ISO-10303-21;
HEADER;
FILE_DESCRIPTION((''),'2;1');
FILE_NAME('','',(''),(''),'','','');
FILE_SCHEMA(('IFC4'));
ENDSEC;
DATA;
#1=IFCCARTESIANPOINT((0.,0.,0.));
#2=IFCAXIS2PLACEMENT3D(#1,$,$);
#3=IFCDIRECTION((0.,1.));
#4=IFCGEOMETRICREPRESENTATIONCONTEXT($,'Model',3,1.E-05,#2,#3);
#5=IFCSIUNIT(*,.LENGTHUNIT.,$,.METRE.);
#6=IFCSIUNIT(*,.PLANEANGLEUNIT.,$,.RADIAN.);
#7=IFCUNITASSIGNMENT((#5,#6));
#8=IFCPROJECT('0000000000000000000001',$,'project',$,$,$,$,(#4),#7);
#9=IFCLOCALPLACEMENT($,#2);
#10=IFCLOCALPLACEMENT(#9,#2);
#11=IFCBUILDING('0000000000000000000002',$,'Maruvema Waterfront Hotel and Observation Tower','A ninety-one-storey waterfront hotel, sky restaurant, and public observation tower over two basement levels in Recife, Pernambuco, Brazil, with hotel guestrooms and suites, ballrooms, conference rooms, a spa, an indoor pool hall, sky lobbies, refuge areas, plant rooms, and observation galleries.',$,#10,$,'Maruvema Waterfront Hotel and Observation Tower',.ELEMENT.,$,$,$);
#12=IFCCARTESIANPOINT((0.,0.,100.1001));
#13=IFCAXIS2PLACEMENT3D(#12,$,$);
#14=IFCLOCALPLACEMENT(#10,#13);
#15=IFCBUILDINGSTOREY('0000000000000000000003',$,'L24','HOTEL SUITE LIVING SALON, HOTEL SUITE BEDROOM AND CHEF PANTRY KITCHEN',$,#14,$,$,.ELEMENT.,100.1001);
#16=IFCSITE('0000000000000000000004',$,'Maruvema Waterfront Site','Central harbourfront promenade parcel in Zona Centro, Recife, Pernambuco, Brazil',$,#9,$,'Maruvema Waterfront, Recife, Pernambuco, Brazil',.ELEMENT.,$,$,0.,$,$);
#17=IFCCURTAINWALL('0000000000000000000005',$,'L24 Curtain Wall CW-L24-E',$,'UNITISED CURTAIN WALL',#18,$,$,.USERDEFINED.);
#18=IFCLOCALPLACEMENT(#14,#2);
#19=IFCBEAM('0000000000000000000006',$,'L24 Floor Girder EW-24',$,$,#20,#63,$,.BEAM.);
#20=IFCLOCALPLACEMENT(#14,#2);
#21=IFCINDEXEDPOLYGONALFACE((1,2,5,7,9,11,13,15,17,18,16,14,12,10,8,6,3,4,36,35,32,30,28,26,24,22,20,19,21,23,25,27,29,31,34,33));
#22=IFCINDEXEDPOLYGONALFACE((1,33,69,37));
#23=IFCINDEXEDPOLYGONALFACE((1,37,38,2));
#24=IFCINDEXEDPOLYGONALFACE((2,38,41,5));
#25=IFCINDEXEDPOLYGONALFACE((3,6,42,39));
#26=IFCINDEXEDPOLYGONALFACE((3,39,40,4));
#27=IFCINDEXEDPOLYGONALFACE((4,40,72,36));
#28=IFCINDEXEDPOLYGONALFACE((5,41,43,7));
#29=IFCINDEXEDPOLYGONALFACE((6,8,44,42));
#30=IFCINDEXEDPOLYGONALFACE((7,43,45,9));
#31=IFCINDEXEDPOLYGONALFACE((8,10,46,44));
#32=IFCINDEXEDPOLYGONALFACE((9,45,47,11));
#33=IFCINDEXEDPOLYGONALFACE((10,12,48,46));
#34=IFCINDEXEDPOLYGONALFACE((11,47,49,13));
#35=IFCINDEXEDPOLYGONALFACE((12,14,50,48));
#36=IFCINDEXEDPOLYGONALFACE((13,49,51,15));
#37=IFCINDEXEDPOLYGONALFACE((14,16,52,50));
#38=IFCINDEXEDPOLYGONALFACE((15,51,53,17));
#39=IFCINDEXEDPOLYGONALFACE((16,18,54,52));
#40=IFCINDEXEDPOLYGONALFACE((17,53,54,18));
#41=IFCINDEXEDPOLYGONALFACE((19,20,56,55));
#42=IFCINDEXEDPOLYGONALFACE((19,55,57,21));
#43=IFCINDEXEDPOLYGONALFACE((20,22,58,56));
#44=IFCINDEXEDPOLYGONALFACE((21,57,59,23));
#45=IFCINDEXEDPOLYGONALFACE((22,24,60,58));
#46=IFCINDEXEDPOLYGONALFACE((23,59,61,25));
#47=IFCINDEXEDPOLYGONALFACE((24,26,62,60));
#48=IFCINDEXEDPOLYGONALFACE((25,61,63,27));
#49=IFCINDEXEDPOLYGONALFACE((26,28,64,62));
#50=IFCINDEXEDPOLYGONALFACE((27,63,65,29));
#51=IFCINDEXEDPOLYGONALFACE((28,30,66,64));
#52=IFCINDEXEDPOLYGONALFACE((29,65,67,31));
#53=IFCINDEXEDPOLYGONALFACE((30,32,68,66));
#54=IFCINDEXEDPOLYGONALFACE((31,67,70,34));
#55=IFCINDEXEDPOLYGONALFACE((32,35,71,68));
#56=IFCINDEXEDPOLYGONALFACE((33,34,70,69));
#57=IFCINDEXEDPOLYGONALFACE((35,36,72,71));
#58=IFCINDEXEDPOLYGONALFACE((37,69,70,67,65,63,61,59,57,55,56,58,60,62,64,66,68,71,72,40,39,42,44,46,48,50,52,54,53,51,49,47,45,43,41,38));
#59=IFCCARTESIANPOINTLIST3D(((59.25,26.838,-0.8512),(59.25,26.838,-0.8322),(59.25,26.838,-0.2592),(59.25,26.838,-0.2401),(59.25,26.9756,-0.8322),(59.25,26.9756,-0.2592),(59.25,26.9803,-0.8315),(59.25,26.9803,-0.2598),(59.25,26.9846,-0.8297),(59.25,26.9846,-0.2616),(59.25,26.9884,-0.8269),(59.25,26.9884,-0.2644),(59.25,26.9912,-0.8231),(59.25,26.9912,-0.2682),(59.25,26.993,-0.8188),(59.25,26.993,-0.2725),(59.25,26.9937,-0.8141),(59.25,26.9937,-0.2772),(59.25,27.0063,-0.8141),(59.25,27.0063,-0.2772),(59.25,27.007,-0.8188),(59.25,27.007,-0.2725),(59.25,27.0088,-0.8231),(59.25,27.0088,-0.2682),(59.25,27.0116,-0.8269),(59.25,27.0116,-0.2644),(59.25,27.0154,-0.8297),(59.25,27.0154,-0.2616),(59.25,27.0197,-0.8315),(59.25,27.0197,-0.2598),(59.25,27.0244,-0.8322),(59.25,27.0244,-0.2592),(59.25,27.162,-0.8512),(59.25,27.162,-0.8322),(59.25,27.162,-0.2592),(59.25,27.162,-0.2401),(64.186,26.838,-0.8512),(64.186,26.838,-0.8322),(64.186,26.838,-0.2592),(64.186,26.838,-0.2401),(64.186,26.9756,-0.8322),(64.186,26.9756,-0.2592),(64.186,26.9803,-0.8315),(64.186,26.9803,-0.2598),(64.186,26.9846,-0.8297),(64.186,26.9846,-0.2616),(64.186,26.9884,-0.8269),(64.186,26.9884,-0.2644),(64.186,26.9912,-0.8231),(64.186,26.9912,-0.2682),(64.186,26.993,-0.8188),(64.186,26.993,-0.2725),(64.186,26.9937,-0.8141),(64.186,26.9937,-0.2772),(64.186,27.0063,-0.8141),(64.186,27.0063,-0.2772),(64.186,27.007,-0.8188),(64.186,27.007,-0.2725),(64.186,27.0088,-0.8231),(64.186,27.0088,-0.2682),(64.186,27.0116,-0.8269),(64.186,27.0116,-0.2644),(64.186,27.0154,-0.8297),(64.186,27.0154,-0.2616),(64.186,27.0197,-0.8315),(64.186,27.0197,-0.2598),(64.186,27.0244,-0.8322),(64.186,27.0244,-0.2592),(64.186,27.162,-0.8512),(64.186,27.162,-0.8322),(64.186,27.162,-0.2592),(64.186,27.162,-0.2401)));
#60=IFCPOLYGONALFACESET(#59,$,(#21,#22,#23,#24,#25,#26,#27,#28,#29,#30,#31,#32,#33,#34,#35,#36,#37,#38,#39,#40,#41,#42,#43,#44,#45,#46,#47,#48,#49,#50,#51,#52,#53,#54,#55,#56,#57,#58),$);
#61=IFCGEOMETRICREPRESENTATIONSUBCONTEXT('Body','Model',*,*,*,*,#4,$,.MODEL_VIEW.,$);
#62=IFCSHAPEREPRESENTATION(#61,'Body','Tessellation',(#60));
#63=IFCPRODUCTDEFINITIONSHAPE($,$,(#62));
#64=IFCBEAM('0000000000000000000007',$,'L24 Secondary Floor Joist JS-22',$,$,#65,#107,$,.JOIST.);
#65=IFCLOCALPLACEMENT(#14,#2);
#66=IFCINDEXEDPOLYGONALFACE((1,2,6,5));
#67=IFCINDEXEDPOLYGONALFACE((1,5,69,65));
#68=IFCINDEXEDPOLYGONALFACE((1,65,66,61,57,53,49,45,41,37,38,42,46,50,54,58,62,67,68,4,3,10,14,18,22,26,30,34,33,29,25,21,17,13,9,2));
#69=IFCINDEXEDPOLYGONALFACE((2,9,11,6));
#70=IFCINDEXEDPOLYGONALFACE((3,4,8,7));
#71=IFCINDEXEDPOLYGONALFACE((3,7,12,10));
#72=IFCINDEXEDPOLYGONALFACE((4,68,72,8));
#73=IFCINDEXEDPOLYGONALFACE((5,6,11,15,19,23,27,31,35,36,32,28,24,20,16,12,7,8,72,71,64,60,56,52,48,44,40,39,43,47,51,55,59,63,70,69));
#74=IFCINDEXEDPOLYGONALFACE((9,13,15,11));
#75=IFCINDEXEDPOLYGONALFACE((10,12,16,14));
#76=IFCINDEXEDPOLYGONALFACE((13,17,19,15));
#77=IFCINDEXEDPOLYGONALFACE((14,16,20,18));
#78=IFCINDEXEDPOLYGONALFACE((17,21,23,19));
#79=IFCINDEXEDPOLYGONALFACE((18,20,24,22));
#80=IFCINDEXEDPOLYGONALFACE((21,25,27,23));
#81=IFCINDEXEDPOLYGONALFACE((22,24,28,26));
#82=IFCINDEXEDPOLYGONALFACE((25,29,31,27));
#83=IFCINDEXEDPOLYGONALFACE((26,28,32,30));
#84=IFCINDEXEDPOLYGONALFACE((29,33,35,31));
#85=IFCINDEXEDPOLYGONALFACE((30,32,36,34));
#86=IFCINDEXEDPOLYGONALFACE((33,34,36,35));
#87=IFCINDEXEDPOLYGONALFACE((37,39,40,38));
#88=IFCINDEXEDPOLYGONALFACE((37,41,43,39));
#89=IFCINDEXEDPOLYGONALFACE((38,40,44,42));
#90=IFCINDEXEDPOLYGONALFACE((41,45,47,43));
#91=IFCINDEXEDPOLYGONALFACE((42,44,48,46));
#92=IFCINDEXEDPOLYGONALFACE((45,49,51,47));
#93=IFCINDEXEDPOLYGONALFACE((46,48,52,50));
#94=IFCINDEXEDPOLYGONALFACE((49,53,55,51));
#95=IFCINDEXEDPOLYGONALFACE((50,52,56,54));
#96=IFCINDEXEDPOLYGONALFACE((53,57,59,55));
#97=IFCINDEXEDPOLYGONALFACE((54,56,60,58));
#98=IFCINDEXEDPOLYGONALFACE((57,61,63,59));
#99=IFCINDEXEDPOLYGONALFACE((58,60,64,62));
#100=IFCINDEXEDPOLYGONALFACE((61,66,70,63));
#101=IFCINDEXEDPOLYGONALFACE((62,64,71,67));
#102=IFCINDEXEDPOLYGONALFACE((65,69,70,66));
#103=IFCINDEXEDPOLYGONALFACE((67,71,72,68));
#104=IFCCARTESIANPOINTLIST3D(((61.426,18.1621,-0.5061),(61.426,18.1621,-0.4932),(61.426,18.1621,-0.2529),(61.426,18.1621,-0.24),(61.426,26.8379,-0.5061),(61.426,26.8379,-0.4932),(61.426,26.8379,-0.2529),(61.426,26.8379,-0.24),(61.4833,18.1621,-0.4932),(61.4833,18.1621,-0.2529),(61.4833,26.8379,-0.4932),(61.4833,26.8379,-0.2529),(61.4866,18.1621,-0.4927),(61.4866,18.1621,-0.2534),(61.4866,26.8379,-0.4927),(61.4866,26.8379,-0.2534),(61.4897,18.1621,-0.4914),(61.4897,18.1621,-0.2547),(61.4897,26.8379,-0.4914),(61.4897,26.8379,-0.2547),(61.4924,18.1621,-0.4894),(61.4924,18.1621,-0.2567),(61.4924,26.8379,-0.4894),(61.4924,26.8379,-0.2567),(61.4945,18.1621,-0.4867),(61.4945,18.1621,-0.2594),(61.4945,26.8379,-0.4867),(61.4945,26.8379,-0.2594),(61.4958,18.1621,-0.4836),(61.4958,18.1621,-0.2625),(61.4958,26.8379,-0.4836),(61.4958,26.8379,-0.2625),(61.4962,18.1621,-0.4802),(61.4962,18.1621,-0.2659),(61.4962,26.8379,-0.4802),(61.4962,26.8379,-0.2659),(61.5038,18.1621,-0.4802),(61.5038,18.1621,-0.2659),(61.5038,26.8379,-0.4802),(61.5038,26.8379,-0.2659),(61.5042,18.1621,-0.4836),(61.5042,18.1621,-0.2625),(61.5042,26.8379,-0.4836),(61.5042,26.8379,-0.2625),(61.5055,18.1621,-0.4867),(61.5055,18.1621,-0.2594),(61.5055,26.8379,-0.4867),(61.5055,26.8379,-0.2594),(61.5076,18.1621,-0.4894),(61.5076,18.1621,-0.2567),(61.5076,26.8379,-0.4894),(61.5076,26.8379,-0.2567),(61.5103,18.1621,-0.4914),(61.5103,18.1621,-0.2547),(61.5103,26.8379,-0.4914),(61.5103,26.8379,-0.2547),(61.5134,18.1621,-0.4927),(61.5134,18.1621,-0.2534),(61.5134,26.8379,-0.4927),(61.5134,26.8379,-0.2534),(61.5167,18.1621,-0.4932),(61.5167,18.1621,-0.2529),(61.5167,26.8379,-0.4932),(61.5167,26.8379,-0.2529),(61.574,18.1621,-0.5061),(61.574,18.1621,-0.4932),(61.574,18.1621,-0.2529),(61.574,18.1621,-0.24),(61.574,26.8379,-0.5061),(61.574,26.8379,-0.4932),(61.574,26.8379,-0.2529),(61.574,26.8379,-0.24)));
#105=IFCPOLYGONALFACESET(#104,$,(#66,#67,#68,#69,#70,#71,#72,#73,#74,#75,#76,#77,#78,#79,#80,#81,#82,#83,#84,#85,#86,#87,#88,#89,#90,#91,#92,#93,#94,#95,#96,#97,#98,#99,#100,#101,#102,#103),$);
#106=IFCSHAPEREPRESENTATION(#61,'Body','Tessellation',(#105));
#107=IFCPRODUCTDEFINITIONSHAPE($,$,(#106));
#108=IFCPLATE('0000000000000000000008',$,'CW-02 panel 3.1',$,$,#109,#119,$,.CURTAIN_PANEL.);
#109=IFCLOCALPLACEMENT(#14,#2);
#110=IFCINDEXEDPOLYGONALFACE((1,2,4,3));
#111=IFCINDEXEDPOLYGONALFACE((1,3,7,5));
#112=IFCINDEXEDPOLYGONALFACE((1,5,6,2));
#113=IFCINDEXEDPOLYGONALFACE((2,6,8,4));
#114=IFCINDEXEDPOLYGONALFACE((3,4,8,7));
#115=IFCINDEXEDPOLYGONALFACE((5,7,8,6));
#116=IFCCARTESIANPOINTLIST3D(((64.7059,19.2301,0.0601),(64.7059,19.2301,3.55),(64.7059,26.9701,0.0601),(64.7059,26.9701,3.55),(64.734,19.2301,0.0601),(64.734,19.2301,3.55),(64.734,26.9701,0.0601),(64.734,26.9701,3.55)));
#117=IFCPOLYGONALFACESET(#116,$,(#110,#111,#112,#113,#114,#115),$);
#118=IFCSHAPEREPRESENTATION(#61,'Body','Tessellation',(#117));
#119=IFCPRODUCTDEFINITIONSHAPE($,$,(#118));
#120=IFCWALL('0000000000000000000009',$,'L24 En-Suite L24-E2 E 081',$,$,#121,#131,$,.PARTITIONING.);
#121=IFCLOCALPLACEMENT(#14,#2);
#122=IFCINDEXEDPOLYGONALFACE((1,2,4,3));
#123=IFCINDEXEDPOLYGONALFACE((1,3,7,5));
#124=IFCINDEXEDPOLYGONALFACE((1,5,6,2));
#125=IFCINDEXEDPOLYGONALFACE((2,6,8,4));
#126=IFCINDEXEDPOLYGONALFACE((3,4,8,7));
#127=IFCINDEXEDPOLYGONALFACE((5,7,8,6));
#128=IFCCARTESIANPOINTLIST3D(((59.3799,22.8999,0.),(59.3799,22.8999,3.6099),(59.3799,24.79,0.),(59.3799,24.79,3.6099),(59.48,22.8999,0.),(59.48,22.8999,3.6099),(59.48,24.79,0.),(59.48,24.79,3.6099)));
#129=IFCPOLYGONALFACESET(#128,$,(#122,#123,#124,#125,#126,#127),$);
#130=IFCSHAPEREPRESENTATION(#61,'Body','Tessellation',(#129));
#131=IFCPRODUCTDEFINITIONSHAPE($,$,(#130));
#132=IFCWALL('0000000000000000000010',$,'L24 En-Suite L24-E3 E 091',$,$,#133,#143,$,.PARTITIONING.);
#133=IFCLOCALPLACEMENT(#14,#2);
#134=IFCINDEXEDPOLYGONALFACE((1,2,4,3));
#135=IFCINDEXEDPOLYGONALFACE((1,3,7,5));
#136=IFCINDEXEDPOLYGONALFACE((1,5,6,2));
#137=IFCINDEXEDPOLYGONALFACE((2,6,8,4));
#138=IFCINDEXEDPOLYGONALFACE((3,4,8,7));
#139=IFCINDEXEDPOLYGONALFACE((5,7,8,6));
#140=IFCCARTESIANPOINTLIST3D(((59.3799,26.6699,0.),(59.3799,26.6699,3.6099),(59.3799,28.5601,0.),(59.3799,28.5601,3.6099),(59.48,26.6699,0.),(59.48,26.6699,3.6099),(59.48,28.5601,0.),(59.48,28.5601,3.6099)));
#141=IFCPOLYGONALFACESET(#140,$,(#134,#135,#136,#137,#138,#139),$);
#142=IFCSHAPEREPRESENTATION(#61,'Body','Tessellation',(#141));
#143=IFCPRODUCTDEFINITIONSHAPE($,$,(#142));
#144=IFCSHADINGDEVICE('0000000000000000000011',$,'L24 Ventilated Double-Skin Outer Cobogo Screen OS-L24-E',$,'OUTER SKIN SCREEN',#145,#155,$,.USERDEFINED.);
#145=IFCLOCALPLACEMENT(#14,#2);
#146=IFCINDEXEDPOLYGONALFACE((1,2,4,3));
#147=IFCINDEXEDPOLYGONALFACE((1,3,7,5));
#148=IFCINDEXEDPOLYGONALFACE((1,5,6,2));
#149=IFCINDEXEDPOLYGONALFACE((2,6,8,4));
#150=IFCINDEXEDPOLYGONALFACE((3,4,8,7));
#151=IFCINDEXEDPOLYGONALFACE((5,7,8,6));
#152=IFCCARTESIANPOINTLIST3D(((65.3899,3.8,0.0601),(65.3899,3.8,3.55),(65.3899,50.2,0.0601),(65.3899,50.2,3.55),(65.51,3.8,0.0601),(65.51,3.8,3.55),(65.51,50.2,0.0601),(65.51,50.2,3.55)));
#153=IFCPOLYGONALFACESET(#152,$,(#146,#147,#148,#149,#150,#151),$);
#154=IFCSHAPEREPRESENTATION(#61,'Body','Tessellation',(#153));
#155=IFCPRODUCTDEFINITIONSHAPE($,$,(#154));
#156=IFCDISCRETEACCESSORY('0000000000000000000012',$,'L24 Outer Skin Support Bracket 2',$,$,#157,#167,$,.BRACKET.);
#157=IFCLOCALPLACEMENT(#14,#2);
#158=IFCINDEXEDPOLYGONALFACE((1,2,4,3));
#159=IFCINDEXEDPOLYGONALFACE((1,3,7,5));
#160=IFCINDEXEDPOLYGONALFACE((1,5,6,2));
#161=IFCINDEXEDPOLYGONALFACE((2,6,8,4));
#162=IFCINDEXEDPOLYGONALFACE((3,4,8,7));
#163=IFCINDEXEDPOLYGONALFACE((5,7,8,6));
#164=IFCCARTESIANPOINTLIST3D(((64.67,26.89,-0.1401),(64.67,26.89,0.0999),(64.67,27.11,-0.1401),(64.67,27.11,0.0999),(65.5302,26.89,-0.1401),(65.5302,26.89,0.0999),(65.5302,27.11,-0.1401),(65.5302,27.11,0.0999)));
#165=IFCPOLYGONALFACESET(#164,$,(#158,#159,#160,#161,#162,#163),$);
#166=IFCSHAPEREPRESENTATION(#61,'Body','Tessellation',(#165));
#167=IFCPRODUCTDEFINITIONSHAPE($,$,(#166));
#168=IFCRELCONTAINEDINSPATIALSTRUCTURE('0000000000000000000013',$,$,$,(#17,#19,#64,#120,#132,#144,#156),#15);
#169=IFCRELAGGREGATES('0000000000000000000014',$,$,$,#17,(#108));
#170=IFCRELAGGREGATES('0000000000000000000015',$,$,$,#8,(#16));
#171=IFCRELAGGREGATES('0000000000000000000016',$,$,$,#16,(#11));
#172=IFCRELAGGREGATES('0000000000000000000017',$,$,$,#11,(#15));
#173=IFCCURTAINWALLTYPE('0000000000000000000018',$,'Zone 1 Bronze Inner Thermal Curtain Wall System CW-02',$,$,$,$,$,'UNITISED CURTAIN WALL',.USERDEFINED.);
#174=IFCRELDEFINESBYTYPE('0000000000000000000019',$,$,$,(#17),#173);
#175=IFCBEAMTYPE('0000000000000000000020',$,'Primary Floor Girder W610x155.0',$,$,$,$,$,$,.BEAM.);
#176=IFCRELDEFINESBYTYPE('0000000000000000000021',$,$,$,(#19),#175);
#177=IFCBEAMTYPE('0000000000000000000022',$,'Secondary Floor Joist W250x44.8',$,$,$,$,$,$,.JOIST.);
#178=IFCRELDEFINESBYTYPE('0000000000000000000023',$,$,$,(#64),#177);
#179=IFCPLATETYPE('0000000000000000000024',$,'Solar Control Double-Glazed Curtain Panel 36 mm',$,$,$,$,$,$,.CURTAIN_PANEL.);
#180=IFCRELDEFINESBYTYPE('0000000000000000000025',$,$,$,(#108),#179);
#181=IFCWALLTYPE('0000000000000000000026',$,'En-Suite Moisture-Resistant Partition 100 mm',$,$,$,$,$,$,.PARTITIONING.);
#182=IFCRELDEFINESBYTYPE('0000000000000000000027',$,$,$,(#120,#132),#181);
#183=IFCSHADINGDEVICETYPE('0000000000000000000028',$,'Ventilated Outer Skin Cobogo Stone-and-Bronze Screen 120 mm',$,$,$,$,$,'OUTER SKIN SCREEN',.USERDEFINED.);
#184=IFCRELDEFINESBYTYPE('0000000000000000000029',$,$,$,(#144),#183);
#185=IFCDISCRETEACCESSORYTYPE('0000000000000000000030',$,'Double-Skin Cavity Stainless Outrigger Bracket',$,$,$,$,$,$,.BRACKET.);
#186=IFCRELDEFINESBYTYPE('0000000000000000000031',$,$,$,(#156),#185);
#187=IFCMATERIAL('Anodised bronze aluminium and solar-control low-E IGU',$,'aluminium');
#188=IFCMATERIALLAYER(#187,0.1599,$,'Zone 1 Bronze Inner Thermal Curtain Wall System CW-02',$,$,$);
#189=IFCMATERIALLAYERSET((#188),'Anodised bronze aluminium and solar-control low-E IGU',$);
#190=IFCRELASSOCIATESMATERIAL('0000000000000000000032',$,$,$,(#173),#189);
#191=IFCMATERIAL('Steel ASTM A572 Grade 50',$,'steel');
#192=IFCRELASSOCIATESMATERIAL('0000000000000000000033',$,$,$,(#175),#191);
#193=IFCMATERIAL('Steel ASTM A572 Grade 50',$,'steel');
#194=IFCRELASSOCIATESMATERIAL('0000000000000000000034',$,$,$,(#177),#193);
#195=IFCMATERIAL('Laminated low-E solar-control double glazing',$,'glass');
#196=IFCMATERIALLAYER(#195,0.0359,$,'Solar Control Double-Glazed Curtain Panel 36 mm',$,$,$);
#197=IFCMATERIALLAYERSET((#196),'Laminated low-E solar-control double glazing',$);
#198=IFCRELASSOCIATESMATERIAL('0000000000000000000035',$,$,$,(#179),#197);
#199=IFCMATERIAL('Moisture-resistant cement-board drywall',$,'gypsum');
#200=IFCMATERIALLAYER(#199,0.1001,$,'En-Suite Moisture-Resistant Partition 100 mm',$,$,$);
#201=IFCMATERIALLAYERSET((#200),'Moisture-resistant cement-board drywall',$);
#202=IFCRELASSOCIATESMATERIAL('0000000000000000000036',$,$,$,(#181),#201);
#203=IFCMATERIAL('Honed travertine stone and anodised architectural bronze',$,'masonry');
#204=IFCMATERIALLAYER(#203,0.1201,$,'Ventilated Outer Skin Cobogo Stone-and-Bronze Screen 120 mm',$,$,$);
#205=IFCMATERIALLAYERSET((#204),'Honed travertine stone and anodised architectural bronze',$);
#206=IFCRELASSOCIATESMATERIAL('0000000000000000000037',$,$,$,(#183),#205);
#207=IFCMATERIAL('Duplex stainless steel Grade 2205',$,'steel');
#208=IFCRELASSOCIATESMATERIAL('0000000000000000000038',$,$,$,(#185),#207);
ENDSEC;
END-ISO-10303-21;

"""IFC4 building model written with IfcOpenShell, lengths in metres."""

from ifc_helpers import new_model, si_unit, direction, frame, frame_2d, origin, origin_2d, place, context, subcontext, project, spatial, rectangle, i_section, extrude, material, layer, layer_set, material_profile, profile_set, type_object, element, aggregate, save


model = new_model("IFC4")

# Units and contexts
model_context = context("Model", 3, precision=1e-05, world=origin(), true_north=direction((0.0, 1.0)))
body_context = subcontext(model_context, "Body", "Model", "MODEL_VIEW")
ifc_project = project(units=[si_unit("LENGTHUNIT", "METRE"), si_unit("PLANEANGLEUNIT", "RADIAN")], contexts=[model_context])

# Site, building, storey
site_placement = place(None, origin())
site = spatial("IfcSite", under=ifc_project, at=site_placement, Name="Maruvema Waterfront Site", Description="Central harbourfront promenade parcel in Zona Centro, Recife, Pernambuco, Brazil", LongName="Maruvema Waterfront, Recife, Pernambuco, Brazil", CompositionType="ELEMENT", RefElevation=0.0)
building_placement = place(site_placement, origin())
building = spatial("IfcBuilding", under=site, at=building_placement, Name="Maruvema Waterfront Hotel and Observation Tower", Description="A ninety-one-storey waterfront hotel, sky restaurant, and public observation tower over two basement levels in Recife, Pernambuco, Brazil, with hotel guestrooms and suites, ballrooms, conference rooms, a spa, an indoor pool hall, sky lobbies, refuge areas, plant rooms, and observation galleries.", LongName="Maruvema Waterfront Hotel and Observation Tower", CompositionType="ELEMENT")
storey_placement = place(building_placement, frame((0.0, 0.0, 100.1001)))
storey = spatial("IfcBuildingStorey", under=building, at=storey_placement, Name="L24", Description="HOTEL SUITE LIVING SALON, HOTEL SUITE BEDROOM AND CHEF PANTRY KITCHEN", CompositionType="ELEMENT", Elevation=100.1001)

# Curtain wall
ifc_material_1 = material(Name="Anodised bronze aluminium and solar-control low-E IGU", Category="aluminium")
ifc_layer_1 = layer(ifc_material_1, 0.1599, Name="Zone 1 Bronze Inner Thermal Curtain Wall System CW-02")
ifc_layer_set_1 = layer_set([ifc_layer_1], Name="Anodised bronze aluminium and solar-control low-E IGU")
curtain_wall_type = type_object("IfcCurtainWallType", Name="Zone 1 Bronze Inner Thermal Curtain Wall System CW-02", ElementType="UNITISED CURTAIN WALL", PredefinedType="USERDEFINED", material=ifc_layer_set_1)
curtain_wall_placement = place(storey_placement, origin())
curtain_wall = element("IfcCurtainWall", 1, at=curtain_wall_placement, inside=storey, type_object=curtain_wall_type, Name="L24 Curtain Wall CW-L24-E", ObjectType="UNITISED CURTAIN WALL", PredefinedType="USERDEFINED")

# Beams
ifc_material_2 = material(Name="Steel ASTM A572 Grade 50", Category="steel")
ifc_material_profile_1 = material_profile(ifc_material_2, i_section(OverallWidth=0.324, OverallDepth=0.6111, WebThickness=0.0127, FlangeThickness=0.019, FilletRadius=0.0181, at=origin_2d()), Name="W610x155.0")
ifc_profile_set_1 = profile_set([ifc_material_profile_1], Name="Steel ASTM A572 Grade 50")
beam_type_1 = type_object("IfcBeamType", Name="Primary Floor Girder W610x155.0", PredefinedType="BEAM", material=ifc_profile_set_1)
beam_1_placement = place(storey_placement, frame((59.25, 27.0, -0.5457), z_axis=(1.0, 0.0, 0.0), x_axis=(0.0, 1.0, 0.0)))
element("IfcBeam", 2, at=beam_1_placement, inside=storey, type_object=beam_type_1, Name="L24 Floor Girder EW-24", PredefinedType="BEAM", context=body_context, shape_type="SweptSolid", body=[
    extrude(i_section(OverallWidth=0.324, OverallDepth=0.6111, WebThickness=0.0127, FlangeThickness=0.019, FilletRadius=0.0181, at=origin_2d()), origin(), (0.0, 0.0, 1.0), 4.936),
])
ifc_material_3 = material(Name="Steel ASTM A572 Grade 50", Category="steel")
ifc_material_profile_2 = material_profile(ifc_material_3, i_section(OverallWidth=0.1479, OverallDepth=0.2661, WebThickness=0.0076, FlangeThickness=0.0129, FilletRadius=0.0129, at=origin_2d()), Name="W250x44.8")
ifc_profile_set_2 = profile_set([ifc_material_profile_2], Name="Steel ASTM A572 Grade 50")
beam_type_2 = type_object("IfcBeamType", Name="Secondary Floor Joist W250x44.8", PredefinedType="JOIST", material=ifc_profile_set_2)
beam_2_placement = place(storey_placement, frame((61.5, 18.1621, -0.373), z_axis=(0.0, 1.0, 0.0), x_axis=(-1.0, 0.0, 0.0)))
element("IfcBeam", 3, at=beam_2_placement, inside=storey, type_object=beam_type_2, Name="L24 Secondary Floor Joist JS-22", PredefinedType="JOIST", context=body_context, shape_type="SweptSolid", body=[
    extrude(i_section(OverallWidth=0.1479, OverallDepth=0.2661, WebThickness=0.0076, FlangeThickness=0.0129, FilletRadius=0.0129, at=origin_2d()), origin(), (0.0, 0.0, 1.0), 8.6758),
])

# Plate
ifc_material_4 = material(Name="Laminated low-E solar-control double glazing", Category="glass")
ifc_layer_2 = layer(ifc_material_4, 0.0359, Name="Solar Control Double-Glazed Curtain Panel 36 mm")
ifc_layer_set_2 = layer_set([ifc_layer_2], Name="Laminated low-E solar-control double glazing")
plate_type = type_object("IfcPlateType", Name="Solar Control Double-Glazed Curtain Panel 36 mm", PredefinedType="CURTAIN_PANEL", material=ifc_layer_set_2)
plate_placement = place(storey_placement, frame((64.72, 23.1001, 0.0601), z_axis=(0.0, 0.0, 1.0), x_axis=(0.0, 1.0, 0.0)))
plate = element("IfcPlate", 4, at=plate_placement, type_object=plate_type, Name="CW-02 panel 3.1", PredefinedType="CURTAIN_PANEL", context=body_context, shape_type="SweptSolid", body=[
    extrude(rectangle(XDim=7.74, YDim=0.0281, at=origin_2d()), origin(), (0.0, 0.0, 1.0), 3.49),
])
aggregate(curtain_wall, [plate])

# Walls
ifc_material_5 = material(Name="Moisture-resistant cement-board drywall", Category="gypsum")
ifc_layer_3 = layer(ifc_material_5, 0.1001, Name="En-Suite Moisture-Resistant Partition 100 mm")
ifc_layer_set_3 = layer_set([ifc_layer_3], Name="Moisture-resistant cement-board drywall")
wall_type = type_object("IfcWallType", Name="En-Suite Moisture-Resistant Partition 100 mm", PredefinedType="PARTITIONING", material=ifc_layer_set_3)
for number, where, z_axis, x_axis, name in (
    (5, (59.4299, 22.8999, 0.0), (0.0, 0.0, 1.0), (0.0, 1.0, 0.0), "L24 En-Suite L24-E2 E 081"),
    (6, (59.4299, 26.6699, 0.0), (0.0, 0.0, 1.0), (0.0, 1.0, 0.0), "L24 En-Suite L24-E3 E 091"),
):
    element("IfcWall", number, at=place(storey_placement, frame(where, z_axis=z_axis, x_axis=x_axis)), inside=storey, type_object=wall_type, Name=name, PredefinedType="PARTITIONING", context=body_context, shape_type="SweptSolid", body=[
        extrude(rectangle(XDim=1.8901, YDim=0.1001, at=frame_2d((0.9451, 0.0))), origin(), (0.0, 0.0, 1.0), 3.6099),
    ])

# Shading device
ifc_material_6 = material(Name="Honed travertine stone and anodised architectural bronze", Category="masonry")
ifc_layer_4 = layer(ifc_material_6, 0.1201, Name="Ventilated Outer Skin Cobogo Stone-and-Bronze Screen 120 mm")
ifc_layer_set_4 = layer_set([ifc_layer_4], Name="Honed travertine stone and anodised architectural bronze")
shading_device_type = type_object("IfcShadingDeviceType", Name="Ventilated Outer Skin Cobogo Stone-and-Bronze Screen 120 mm", ElementType="OUTER SKIN SCREEN", PredefinedType="USERDEFINED", material=ifc_layer_set_4)
shading_device_placement = place(storey_placement, frame((65.45, 27.0, 0.0601), z_axis=(0.0, 0.0, 1.0), x_axis=(0.0, 1.0, 0.0)))
element("IfcShadingDevice", 7, at=shading_device_placement, inside=storey, type_object=shading_device_type, Name="L24 Ventilated Double-Skin Outer Cobogo Screen OS-L24-E", ObjectType="OUTER SKIN SCREEN", PredefinedType="USERDEFINED", context=body_context, shape_type="SweptSolid", body=[
    extrude(rectangle(XDim=46.3999, YDim=0.1201, at=origin_2d()), origin(), (0.0, 0.0, 1.0), 3.49),
])

# Discrete accessory
ifc_material_7 = material(Name="Duplex stainless steel Grade 2205", Category="steel")
discrete_accessory_type = type_object("IfcDiscreteAccessoryType", Name="Double-Skin Cavity Stainless Outrigger Bracket", PredefinedType="BRACKET", material=ifc_material_7)
discrete_accessory_placement = place(storey_placement, frame((65.1001, 27.0, -0.1401), z_axis=(0.0, 0.0, 1.0), x_axis=(0.0, 1.0, 0.0)))
element("IfcDiscreteAccessory", 8, at=discrete_accessory_placement, inside=storey, type_object=discrete_accessory_type, Name="L24 Outer Skin Support Bracket 2", PredefinedType="BRACKET", context=body_context, shape_type="SweptSolid", body=[
    extrude(rectangle(XDim=0.22, YDim=0.8601, at=origin_2d()), origin(), (0.0, 0.0, 1.0), 0.24),
])

save(model, "model.ifc")
